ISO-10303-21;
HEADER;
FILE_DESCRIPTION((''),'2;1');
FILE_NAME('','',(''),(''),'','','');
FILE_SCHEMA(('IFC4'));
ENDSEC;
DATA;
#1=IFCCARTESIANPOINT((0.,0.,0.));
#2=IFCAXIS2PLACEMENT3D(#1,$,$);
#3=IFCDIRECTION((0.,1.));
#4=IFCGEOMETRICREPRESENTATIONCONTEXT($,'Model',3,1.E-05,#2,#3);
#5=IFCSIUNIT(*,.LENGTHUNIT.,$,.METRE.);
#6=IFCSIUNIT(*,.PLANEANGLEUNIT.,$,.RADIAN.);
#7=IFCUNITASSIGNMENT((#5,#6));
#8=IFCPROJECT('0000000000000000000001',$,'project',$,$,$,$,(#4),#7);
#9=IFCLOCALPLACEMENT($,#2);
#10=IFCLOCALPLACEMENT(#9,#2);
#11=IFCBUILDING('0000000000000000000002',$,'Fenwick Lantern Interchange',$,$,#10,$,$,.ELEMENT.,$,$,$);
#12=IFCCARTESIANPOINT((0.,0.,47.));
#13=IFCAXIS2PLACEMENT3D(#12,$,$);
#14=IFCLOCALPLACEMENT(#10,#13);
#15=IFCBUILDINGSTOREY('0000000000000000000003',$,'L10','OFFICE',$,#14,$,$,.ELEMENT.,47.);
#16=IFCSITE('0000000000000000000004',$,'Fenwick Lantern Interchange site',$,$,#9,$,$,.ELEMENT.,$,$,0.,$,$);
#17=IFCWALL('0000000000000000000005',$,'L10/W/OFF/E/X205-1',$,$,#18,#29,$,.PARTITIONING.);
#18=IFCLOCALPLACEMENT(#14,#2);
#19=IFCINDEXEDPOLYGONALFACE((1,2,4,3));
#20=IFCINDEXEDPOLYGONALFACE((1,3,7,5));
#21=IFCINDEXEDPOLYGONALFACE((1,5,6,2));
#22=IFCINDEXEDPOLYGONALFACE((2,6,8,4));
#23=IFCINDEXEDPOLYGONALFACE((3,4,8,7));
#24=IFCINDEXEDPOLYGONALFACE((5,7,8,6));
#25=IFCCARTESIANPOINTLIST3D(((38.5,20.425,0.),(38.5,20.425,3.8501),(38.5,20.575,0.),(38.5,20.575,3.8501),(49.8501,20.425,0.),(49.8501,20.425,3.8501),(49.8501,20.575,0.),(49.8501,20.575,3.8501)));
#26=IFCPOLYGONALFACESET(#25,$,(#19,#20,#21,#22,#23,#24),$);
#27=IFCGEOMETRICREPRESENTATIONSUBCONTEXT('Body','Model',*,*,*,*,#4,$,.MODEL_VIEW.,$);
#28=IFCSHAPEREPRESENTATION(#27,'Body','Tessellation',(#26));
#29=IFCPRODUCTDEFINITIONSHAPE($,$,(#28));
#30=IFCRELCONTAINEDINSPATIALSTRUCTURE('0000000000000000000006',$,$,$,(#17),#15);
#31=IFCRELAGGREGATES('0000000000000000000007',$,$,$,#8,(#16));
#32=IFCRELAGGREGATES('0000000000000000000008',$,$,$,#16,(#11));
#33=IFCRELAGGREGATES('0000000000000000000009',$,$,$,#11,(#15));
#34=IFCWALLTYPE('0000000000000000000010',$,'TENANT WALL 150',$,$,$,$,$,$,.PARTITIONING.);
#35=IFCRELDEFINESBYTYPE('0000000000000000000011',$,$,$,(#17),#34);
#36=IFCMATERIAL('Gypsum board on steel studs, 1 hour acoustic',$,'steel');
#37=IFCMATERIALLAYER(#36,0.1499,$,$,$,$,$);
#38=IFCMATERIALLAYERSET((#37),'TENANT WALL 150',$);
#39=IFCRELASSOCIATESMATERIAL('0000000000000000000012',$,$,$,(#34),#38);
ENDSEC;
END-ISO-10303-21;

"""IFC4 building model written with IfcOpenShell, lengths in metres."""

from ifc_helpers import new_model, si_unit, direction, frame, frame_2d, origin, place, context, subcontext, project, spatial, rectangle, extrude, material, layer, layer_set, type_object, element, save


model = new_model("IFC4")

# Units and contexts
model_context = context("Model", 3, precision=1e-05, world=origin(), true_north=direction((0.0, 1.0)))
body_context = subcontext(model_context, "Body", "Model", "MODEL_VIEW")
ifc_project = project(units=[si_unit("LENGTHUNIT", "METRE"), si_unit("PLANEANGLEUNIT", "RADIAN")], contexts=[model_context])

# Site, building, storey
site_placement = place(None, origin())
site = spatial("IfcSite", under=ifc_project, at=site_placement, Name="Fenwick Lantern Interchange site", CompositionType="ELEMENT", RefElevation=0.0)
building_placement = place(site_placement, origin())
building = spatial("IfcBuilding", under=site, at=building_placement, Name="Fenwick Lantern Interchange", CompositionType="ELEMENT")
storey_placement = place(building_placement, frame((0.0, 0.0, 47.0)))
storey = spatial("IfcBuildingStorey", under=building, at=storey_placement, Name="L10", Description="OFFICE", CompositionType="ELEMENT", Elevation=47.0)

# Wall
ifc_material_1 = material(Name="Gypsum board on steel studs, 1 hour acoustic", Category="steel")
ifc_layer_1 = layer(ifc_material_1, 0.1499)
ifc_layer_set_1 = layer_set([ifc_layer_1], Name="TENANT WALL 150")
wall_type_1 = type_object("IfcWallType", Name="TENANT WALL 150", PredefinedType="PARTITIONING", material=ifc_layer_set_1)
wall_1_placement = place(storey_placement, frame((49.8501, 20.5, 0.0), z_axis=(0.0, 0.0, 1.0), x_axis=(-1.0, 0.0, 0.0)))
element("IfcWall", 1, at=wall_1_placement, inside=storey, type_object=wall_type_1, Name="L10/W/OFF/E/X205-1", PredefinedType="PARTITIONING", context=body_context, shape_type="SweptSolid", body=[
    extrude(rectangle(XDim=11.3501, YDim=0.1499, at=frame_2d((5.675, 0.0))), origin(), (0.0, 0.0, 1.0), 3.8501),
])

save(model, "model.ifc")
